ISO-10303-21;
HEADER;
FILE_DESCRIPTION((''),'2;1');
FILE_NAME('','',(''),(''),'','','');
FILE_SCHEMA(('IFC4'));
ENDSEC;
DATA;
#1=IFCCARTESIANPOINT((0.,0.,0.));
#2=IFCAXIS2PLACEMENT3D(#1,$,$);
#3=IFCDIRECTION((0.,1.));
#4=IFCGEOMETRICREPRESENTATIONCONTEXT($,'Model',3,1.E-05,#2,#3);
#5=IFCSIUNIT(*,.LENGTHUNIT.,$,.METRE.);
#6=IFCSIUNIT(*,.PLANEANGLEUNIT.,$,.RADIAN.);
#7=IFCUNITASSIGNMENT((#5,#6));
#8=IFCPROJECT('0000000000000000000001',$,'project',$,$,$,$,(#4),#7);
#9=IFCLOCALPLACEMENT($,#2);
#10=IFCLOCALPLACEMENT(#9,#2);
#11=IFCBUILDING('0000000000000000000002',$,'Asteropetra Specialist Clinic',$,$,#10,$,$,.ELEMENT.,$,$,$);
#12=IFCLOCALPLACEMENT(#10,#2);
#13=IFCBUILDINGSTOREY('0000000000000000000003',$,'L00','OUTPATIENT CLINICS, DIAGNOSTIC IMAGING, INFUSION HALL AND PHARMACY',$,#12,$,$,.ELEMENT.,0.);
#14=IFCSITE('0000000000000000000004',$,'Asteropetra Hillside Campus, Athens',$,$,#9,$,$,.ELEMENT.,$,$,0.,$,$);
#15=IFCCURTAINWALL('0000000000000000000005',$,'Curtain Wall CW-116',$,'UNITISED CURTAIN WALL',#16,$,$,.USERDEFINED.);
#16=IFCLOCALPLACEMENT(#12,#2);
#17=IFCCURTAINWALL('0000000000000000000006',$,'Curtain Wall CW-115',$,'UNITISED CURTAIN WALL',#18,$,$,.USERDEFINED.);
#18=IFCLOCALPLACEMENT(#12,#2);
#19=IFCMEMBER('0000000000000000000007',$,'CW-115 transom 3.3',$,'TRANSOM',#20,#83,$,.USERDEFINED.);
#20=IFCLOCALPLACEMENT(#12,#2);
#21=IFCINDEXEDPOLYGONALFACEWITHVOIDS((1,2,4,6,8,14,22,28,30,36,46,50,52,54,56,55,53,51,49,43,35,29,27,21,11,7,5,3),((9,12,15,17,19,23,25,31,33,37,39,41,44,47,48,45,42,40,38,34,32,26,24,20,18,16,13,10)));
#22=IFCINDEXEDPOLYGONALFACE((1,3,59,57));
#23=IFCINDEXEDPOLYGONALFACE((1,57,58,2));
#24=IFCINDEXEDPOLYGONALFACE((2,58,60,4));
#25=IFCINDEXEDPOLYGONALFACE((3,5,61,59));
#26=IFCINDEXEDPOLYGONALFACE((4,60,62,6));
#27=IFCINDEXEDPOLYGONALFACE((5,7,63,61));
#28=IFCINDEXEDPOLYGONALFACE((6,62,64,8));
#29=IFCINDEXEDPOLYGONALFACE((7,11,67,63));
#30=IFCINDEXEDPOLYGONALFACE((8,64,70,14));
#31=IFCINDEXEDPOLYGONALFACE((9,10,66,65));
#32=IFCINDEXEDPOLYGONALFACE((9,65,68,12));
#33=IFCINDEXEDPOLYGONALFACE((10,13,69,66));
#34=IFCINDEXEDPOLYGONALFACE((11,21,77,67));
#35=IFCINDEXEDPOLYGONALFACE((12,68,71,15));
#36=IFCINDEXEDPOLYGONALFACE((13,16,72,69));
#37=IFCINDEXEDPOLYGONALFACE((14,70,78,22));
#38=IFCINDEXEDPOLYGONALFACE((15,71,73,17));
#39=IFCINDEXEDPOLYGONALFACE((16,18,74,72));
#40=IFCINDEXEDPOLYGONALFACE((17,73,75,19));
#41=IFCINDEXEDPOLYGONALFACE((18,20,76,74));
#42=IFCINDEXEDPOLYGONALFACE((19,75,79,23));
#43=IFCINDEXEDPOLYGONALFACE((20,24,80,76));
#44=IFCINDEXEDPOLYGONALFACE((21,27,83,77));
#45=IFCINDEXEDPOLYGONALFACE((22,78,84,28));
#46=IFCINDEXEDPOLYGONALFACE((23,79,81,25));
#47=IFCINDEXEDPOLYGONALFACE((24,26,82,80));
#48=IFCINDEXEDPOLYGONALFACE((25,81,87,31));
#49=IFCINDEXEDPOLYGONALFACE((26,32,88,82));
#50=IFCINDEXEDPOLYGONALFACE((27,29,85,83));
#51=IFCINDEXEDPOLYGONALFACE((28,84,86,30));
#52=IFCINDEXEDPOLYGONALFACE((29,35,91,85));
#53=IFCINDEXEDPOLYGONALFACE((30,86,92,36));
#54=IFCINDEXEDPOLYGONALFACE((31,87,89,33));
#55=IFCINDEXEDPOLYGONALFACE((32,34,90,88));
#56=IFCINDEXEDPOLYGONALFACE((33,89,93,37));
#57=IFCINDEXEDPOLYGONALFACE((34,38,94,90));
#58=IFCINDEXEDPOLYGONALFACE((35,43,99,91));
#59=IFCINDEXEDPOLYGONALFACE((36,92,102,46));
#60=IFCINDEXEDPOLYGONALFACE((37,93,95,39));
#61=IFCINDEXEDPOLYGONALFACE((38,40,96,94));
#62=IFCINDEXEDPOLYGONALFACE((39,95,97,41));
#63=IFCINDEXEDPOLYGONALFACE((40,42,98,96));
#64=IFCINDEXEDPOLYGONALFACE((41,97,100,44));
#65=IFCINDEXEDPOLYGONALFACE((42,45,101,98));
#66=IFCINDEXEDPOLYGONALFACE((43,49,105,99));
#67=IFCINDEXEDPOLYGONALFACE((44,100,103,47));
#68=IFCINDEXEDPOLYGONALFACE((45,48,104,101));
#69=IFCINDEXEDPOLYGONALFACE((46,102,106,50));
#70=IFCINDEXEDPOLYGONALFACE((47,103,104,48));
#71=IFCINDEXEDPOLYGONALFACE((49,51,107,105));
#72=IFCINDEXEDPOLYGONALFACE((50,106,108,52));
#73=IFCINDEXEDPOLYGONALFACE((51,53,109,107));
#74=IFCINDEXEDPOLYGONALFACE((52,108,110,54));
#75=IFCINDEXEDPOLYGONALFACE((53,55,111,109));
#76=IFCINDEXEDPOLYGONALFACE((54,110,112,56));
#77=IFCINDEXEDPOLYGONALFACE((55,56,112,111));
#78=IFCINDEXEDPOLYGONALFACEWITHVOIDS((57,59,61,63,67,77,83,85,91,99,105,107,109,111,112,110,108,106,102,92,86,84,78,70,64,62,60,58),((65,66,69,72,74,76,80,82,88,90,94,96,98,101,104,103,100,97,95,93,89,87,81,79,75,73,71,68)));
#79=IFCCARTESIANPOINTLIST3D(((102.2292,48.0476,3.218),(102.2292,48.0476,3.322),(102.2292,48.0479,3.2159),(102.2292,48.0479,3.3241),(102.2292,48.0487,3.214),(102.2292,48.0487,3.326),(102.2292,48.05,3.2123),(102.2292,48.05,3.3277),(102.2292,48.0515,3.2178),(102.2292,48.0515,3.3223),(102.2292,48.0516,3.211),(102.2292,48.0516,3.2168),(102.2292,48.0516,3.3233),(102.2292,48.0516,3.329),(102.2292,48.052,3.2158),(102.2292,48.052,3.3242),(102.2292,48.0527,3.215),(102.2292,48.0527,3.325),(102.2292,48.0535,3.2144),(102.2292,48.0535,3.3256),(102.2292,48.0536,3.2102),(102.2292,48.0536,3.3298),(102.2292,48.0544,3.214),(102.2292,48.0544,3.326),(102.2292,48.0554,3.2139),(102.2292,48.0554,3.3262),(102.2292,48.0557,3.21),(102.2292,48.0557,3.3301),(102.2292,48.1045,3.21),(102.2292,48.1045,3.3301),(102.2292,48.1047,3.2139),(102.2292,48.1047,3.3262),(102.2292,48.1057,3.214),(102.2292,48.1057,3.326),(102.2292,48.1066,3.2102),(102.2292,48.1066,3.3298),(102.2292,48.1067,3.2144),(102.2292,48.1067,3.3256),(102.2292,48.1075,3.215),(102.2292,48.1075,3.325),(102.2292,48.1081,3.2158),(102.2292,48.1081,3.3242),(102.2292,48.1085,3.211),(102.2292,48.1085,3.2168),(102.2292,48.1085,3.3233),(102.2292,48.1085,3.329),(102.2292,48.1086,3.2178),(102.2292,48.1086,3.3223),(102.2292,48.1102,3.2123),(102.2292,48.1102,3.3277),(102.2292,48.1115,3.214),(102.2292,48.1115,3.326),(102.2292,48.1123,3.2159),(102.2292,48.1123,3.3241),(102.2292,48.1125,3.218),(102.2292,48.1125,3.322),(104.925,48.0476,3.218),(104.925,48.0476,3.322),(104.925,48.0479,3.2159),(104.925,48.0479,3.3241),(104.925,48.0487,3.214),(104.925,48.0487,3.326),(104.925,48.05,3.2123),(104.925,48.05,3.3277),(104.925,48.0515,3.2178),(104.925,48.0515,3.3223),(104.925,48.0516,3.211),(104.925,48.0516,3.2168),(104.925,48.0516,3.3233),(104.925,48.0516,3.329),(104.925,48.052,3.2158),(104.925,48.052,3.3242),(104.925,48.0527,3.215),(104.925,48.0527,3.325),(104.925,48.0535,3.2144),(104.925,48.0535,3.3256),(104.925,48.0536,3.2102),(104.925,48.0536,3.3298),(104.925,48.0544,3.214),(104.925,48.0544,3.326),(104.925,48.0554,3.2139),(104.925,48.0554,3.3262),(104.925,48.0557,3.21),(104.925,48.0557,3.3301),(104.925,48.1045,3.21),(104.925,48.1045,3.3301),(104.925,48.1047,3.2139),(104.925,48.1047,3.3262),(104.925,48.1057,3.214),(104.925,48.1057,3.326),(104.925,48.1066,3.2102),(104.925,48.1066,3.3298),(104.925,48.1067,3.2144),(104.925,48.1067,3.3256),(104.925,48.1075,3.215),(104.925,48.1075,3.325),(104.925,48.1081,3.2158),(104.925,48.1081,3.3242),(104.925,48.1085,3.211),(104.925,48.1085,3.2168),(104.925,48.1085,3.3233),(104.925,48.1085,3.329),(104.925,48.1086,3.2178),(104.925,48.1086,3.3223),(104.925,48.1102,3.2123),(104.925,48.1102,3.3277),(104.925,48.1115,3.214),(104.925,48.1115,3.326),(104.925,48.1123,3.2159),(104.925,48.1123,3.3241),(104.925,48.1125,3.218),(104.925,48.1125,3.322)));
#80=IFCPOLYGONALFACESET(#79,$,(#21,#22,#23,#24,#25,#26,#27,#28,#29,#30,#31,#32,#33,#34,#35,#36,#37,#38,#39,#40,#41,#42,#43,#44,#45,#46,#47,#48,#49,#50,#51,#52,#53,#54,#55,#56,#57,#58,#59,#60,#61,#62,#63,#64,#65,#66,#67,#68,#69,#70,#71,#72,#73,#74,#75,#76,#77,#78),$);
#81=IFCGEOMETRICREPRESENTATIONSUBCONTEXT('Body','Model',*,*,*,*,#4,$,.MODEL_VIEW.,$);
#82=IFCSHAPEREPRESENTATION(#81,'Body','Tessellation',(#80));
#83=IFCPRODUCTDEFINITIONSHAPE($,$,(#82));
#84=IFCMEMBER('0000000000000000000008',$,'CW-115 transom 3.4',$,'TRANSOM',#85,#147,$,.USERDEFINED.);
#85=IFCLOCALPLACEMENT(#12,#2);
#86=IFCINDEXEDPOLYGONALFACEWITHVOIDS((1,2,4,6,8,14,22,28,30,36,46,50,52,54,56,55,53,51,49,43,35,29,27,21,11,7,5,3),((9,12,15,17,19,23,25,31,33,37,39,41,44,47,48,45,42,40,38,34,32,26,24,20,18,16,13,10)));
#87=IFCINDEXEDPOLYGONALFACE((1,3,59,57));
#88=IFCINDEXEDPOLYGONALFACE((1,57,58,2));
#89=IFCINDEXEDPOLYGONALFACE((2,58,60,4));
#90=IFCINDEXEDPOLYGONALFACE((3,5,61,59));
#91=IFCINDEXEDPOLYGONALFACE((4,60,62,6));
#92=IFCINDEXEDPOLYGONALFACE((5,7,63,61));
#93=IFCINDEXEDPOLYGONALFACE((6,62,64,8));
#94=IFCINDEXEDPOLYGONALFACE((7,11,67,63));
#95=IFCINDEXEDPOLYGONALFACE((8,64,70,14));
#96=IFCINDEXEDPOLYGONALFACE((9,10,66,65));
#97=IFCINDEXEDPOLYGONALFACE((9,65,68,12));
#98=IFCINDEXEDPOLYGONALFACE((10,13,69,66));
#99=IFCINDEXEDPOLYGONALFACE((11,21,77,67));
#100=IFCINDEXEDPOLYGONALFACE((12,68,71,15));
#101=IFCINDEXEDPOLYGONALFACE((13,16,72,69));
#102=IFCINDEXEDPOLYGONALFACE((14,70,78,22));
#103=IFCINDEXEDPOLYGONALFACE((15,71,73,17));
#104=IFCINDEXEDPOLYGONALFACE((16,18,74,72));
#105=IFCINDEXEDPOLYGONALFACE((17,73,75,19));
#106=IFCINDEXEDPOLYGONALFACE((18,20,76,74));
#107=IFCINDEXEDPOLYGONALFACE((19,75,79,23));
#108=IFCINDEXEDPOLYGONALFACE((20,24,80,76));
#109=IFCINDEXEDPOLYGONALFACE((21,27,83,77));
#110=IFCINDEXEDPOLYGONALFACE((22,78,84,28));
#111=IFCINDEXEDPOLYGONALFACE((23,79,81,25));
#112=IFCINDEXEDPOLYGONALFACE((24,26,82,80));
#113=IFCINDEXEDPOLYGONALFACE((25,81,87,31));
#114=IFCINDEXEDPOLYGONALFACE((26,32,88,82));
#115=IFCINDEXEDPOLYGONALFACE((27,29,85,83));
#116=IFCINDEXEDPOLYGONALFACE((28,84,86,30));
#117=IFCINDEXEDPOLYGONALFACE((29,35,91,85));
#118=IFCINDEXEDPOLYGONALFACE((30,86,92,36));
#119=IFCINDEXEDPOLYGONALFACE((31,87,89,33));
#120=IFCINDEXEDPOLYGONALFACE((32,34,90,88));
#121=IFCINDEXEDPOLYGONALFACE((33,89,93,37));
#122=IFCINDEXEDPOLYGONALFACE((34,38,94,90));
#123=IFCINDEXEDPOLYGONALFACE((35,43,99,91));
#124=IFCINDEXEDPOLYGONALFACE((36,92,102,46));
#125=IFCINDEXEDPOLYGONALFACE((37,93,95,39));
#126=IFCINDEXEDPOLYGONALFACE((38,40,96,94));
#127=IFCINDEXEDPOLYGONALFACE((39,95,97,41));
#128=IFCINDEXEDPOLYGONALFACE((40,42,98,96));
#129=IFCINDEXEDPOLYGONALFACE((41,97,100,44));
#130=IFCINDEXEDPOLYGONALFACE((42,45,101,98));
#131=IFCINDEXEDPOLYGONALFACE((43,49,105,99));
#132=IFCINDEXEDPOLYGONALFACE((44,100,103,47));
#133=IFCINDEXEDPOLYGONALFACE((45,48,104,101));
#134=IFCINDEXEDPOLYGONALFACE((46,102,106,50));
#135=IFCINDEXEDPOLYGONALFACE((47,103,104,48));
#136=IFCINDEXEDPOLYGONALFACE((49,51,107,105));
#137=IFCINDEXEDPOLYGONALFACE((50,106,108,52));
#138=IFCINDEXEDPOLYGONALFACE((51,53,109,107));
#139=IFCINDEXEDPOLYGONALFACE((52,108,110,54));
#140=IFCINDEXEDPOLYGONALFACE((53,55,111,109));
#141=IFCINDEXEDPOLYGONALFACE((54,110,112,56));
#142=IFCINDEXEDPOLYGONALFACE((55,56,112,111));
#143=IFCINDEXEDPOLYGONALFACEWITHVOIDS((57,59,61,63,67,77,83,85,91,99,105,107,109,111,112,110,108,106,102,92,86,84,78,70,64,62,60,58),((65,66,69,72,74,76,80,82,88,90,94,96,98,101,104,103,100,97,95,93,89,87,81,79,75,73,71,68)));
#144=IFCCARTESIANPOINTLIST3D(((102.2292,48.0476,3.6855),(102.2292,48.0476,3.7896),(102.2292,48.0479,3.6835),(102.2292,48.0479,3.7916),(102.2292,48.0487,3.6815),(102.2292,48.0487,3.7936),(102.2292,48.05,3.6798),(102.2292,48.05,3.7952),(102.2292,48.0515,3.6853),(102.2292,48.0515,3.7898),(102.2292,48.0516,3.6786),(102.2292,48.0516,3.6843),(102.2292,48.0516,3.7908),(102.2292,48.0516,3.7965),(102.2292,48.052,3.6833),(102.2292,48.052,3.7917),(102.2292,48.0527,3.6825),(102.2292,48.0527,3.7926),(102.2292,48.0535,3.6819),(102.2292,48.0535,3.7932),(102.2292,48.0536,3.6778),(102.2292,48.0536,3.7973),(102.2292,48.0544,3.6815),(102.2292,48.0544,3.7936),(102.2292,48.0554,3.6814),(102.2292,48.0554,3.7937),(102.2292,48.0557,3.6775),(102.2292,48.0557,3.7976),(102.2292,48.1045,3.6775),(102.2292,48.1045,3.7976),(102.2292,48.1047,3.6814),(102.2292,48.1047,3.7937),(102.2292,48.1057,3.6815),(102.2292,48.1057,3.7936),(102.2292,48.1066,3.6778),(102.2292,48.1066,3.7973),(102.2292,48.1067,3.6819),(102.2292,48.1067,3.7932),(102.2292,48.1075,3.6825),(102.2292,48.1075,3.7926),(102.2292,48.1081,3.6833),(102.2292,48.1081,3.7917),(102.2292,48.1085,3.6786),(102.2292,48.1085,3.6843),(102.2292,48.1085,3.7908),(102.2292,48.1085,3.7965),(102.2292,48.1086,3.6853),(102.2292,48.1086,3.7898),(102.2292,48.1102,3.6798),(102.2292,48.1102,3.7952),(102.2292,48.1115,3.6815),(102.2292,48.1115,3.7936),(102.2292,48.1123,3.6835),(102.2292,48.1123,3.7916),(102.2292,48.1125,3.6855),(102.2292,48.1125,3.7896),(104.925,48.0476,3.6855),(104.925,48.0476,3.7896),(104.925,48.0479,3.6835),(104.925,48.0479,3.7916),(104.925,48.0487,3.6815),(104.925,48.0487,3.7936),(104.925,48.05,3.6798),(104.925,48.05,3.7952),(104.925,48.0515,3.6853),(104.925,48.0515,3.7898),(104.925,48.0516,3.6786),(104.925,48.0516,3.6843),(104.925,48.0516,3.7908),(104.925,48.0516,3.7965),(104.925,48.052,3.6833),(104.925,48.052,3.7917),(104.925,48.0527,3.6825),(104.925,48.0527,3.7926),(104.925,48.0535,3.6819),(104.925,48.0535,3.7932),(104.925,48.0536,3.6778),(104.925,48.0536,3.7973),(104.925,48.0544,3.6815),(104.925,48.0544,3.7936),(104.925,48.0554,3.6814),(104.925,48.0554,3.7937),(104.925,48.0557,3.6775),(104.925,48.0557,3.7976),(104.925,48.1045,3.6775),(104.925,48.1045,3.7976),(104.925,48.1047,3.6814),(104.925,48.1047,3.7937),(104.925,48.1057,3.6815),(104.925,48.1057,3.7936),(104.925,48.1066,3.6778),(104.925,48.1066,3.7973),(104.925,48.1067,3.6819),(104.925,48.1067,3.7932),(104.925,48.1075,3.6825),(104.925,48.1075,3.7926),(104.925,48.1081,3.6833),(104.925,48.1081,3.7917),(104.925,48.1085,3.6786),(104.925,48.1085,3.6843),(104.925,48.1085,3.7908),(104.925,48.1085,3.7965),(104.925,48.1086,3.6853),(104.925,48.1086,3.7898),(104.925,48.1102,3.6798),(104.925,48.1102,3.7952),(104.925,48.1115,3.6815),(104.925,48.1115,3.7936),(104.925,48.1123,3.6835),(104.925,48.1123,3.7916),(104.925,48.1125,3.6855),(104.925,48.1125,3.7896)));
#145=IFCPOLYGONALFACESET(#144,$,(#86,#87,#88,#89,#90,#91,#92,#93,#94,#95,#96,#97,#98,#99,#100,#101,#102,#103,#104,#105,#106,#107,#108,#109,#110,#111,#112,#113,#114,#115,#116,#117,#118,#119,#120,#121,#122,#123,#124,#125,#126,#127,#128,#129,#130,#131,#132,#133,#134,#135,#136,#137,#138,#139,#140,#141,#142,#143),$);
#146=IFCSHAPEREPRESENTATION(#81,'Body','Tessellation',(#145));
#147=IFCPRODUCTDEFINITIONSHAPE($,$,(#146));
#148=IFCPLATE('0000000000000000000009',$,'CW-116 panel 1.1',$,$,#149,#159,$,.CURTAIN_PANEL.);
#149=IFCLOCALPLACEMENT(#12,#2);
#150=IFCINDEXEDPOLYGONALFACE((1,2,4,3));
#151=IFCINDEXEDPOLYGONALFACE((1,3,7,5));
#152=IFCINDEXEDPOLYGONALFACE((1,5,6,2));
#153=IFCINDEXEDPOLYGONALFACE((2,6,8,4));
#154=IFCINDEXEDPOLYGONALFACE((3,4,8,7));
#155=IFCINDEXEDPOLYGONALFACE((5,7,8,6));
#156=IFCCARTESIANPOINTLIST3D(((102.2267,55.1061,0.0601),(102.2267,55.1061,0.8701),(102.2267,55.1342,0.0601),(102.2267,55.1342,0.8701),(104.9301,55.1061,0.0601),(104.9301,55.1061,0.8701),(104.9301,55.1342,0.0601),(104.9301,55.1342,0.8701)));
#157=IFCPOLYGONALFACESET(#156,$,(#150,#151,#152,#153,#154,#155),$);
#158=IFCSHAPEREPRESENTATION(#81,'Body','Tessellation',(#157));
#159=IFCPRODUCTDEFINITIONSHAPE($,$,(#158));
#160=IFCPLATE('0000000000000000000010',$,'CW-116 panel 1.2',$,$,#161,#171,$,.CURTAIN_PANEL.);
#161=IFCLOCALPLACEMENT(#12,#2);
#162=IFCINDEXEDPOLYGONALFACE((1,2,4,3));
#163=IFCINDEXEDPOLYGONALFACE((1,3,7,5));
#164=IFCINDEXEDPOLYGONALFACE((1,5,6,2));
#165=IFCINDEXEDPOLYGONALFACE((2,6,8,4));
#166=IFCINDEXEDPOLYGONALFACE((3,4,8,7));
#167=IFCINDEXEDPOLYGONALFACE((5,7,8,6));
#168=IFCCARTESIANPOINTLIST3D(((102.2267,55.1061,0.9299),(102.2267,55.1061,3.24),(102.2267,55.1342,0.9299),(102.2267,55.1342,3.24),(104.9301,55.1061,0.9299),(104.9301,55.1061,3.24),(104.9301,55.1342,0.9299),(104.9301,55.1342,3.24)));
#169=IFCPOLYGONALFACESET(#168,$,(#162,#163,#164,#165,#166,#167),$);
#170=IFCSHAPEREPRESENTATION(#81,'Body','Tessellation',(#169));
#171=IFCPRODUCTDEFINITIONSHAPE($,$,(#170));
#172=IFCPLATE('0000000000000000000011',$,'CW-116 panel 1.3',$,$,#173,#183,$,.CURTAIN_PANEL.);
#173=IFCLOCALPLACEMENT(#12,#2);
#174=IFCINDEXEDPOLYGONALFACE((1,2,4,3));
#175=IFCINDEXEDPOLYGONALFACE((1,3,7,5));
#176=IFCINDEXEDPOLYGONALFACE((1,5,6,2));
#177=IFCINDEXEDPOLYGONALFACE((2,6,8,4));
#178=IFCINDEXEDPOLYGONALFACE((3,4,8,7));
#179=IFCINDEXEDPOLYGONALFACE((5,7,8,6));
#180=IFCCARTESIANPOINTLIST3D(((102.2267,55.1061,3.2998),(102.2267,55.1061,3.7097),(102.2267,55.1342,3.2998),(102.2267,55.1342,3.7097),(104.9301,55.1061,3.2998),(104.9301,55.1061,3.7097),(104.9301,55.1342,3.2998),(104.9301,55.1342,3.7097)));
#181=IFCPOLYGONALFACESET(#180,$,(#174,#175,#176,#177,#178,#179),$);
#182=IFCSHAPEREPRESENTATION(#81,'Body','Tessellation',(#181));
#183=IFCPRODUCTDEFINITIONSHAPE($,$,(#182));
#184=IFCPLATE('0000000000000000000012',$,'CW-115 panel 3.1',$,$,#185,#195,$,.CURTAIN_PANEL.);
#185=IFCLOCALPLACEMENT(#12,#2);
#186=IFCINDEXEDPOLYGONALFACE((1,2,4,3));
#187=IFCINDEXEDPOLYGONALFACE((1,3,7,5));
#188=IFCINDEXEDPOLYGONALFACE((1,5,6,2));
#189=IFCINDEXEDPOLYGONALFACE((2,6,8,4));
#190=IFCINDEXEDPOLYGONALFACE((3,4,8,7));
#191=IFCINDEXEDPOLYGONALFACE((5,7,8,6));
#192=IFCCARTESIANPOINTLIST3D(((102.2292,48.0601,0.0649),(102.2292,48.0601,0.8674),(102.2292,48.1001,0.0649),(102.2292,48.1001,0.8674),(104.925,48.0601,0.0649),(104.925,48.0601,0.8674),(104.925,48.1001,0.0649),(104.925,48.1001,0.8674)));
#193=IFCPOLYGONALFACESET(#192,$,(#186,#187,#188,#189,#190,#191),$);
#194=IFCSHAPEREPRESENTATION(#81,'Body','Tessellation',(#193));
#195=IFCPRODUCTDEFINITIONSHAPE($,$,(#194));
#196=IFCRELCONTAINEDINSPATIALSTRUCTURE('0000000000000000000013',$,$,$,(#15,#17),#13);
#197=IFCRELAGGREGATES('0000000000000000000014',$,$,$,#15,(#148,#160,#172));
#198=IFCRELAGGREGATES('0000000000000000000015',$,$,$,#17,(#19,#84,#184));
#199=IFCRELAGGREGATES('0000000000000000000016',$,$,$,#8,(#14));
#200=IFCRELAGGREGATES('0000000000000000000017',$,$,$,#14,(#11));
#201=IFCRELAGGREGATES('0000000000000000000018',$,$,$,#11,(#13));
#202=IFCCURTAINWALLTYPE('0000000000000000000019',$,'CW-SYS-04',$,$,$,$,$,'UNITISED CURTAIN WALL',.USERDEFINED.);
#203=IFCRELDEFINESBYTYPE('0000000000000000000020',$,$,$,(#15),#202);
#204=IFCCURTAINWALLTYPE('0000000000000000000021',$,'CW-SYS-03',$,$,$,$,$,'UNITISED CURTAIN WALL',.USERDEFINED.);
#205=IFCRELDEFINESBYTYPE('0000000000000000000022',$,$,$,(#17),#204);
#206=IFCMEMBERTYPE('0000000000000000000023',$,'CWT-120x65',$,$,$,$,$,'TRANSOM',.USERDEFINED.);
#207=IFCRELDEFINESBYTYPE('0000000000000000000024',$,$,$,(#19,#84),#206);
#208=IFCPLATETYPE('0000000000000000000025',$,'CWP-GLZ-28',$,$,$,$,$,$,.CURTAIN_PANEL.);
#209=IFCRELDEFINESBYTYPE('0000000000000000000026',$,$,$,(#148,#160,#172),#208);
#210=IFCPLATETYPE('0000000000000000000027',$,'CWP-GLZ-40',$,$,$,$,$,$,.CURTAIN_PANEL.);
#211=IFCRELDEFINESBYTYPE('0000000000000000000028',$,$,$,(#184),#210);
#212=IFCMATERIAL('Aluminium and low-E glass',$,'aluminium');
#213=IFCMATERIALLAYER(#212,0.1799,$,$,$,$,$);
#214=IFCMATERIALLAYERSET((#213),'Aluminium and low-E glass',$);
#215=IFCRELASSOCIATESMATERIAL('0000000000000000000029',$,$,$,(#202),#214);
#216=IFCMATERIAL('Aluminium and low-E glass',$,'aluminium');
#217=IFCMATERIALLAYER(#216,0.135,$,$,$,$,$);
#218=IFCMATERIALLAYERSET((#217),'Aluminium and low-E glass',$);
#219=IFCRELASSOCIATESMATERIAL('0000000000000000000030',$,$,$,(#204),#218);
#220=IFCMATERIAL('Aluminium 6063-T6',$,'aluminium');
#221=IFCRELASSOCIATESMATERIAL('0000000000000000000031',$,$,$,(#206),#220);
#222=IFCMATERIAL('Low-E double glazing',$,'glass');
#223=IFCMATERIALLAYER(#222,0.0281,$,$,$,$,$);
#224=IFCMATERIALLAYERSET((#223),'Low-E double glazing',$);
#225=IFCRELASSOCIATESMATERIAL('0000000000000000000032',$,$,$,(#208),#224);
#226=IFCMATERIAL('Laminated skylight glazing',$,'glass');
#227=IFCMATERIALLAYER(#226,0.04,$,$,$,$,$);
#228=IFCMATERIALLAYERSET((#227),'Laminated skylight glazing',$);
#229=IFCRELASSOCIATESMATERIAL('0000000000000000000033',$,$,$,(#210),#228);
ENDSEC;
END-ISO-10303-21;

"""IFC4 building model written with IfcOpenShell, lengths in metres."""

from ifc_helpers import new_model, si_unit, direction, frame, origin, origin_2d, place, context, subcontext, project, spatial, rectangle, hollow_rectangle, extrude, material, layer, layer_set, material_profile, profile_set, type_object, element, aggregate, save


model = new_model("IFC4")

# Units and contexts
model_context = context("Model", 3, precision=1e-05, world=origin(), true_north=direction((0.0, 1.0)))
body_context = subcontext(model_context, "Body", "Model", "MODEL_VIEW")
ifc_project = project(units=[si_unit("LENGTHUNIT", "METRE"), si_unit("PLANEANGLEUNIT", "RADIAN")], contexts=[model_context])

# Site, building, storey
site_placement = place(None, origin())
site = spatial("IfcSite", under=ifc_project, at=site_placement, Name="Asteropetra Hillside Campus, Athens", CompositionType="ELEMENT", RefElevation=0.0)
building_placement = place(site_placement, origin())
building = spatial("IfcBuilding", under=site, at=building_placement, Name="Asteropetra Specialist Clinic", CompositionType="ELEMENT")
storey_placement = place(building_placement, origin())
storey = spatial("IfcBuildingStorey", under=building, at=storey_placement, Name="L00", Description="OUTPATIENT CLINICS, DIAGNOSTIC IMAGING, INFUSION HALL AND PHARMACY", CompositionType="ELEMENT", Elevation=0.0)

# Curtain walls
ifc_material_1 = material(Name="Aluminium and low-E glass", Category="aluminium")
ifc_layer_1 = layer(ifc_material_1, 0.1799)
ifc_layer_set_1 = layer_set([ifc_layer_1], Name="Aluminium and low-E glass")
curtain_wall_type_1 = type_object("IfcCurtainWallType", Name="CW-SYS-04", ElementType="UNITISED CURTAIN WALL", PredefinedType="USERDEFINED", material=ifc_layer_set_1)
curtain_wall_1_placement = place(storey_placement, origin())
curtain_wall_1 = element("IfcCurtainWall", 1, at=curtain_wall_1_placement, inside=storey, type_object=curtain_wall_type_1, Name="Curtain Wall CW-116", ObjectType="UNITISED CURTAIN WALL", PredefinedType="USERDEFINED")
ifc_material_2 = material(Name="Aluminium and low-E glass", Category="aluminium")
ifc_layer_2 = layer(ifc_material_2, 0.135)
ifc_layer_set_2 = layer_set([ifc_layer_2], Name="Aluminium and low-E glass")
curtain_wall_type_2 = type_object("IfcCurtainWallType", Name="CW-SYS-03", ElementType="UNITISED CURTAIN WALL", PredefinedType="USERDEFINED", material=ifc_layer_set_2)
curtain_wall_2_placement = place(storey_placement, origin())
curtain_wall_2 = element("IfcCurtainWall", 2, at=curtain_wall_2_placement, inside=storey, type_object=curtain_wall_type_2, Name="Curtain Wall CW-115", ObjectType="UNITISED CURTAIN WALL", PredefinedType="USERDEFINED")

# Members
ifc_material_3 = material(Name="Aluminium 6063-T6", Category="aluminium")
ifc_material_profile_1 = material_profile(ifc_material_3, hollow_rectangle(XDim=0.0649, YDim=0.1201, WallThickness=0.0039, InnerFilletRadius=0.0039, OuterFilletRadius=0.0081, at=origin_2d()), Name="TRN 120x65x4.0")
ifc_profile_set_1 = profile_set([ifc_material_profile_1], Name="Aluminium 6063-T6")
member_type_1 = type_object("IfcMemberType", Name="CWT-120x65", ElementType="TRANSOM", PredefinedType="USERDEFINED", material=ifc_profile_set_1)
member_1_placement = place(storey_placement, frame((102.2292, 48.0801, 3.27), z_axis=(1.0, 0.0, 0.0), x_axis=(0.0, 1.0, 0.0)))
member_1 = element("IfcMember", 3, at=member_1_placement, type_object=member_type_1, Name="CW-115 transom 3.3", ObjectType="TRANSOM", PredefinedType="USERDEFINED", context=body_context, shape_type="SweptSolid", body=[
    extrude(hollow_rectangle(XDim=0.0649, YDim=0.1201, WallThickness=0.0039, InnerFilletRadius=0.0039, OuterFilletRadius=0.0081, at=origin_2d()), origin(), (0.0, 0.0, 1.0), 2.6958),
])
member_2_placement = place(storey_placement, frame((102.2292, 48.0801, 3.7375), z_axis=(1.0, 0.0, 0.0), x_axis=(0.0, 1.0, 0.0)))
member_2 = element("IfcMember", 4, at=member_2_placement, type_object=member_type_1, Name="CW-115 transom 3.4", ObjectType="TRANSOM", PredefinedType="USERDEFINED", context=body_context, shape_type="SweptSolid", body=[
    extrude(hollow_rectangle(XDim=0.0649, YDim=0.1201, WallThickness=0.0039, InnerFilletRadius=0.0039, OuterFilletRadius=0.0081, at=origin_2d()), origin(), (0.0, 0.0, 1.0), 2.6958),
])

# Plates
ifc_material_4 = material(Name="Low-E double glazing", Category="glass")
ifc_layer_3 = layer(ifc_material_4, 0.0281)
ifc_layer_set_3 = layer_set([ifc_layer_3], Name="Low-E double glazing")
plate_type_1 = type_object("IfcPlateType", Name="CWP-GLZ-28", PredefinedType="CURTAIN_PANEL", material=ifc_layer_set_3)
plate_1_placement = place(storey_placement, frame((103.5784, 55.1201, 0.0601), z_axis=(0.0, 0.0, 1.0), x_axis=(-1.0, 0.0, 0.0)))
plate_1 = element("IfcPlate", 5, at=plate_1_placement, type_object=plate_type_1, Name="CW-116 panel 1.1", PredefinedType="CURTAIN_PANEL", context=body_context, shape_type="SweptSolid", body=[
    extrude(rectangle(XDim=2.7034, YDim=0.0281, at=origin_2d()), origin(), (0.0, 0.0, 1.0), 0.8101),
])
plate_2_placement = place(storey_placement, frame((103.5784, 55.1201, 0.9299), z_axis=(0.0, 0.0, 1.0), x_axis=(-1.0, 0.0, 0.0)))
plate_2 = element("IfcPlate", 6, at=plate_2_placement, type_object=plate_type_1, Name="CW-116 panel 1.2", PredefinedType="CURTAIN_PANEL", context=body_context, shape_type="SweptSolid", body=[
    extrude(rectangle(XDim=2.7034, YDim=0.0281, at=origin_2d()), origin(), (0.0, 0.0, 1.0), 2.3101),
])
plate_3_placement = place(storey_placement, frame((103.5784, 55.1201, 3.2998), z_axis=(0.0, 0.0, 1.0), x_axis=(-1.0, 0.0, 0.0)))
plate_3 = element("IfcPlate", 7, at=plate_3_placement, type_object=plate_type_1, Name="CW-116 panel 1.3", PredefinedType="CURTAIN_PANEL", context=body_context, shape_type="SweptSolid", body=[
    extrude(rectangle(XDim=2.7034, YDim=0.0281, at=origin_2d()), origin(), (0.0, 0.0, 1.0), 0.4099),
])
aggregate(curtain_wall_1, [plate_1, plate_2, plate_3])
ifc_material_5 = material(Name="Laminated skylight glazing", Category="glass")
ifc_layer_4 = layer(ifc_material_5, 0.04)
ifc_layer_set_4 = layer_set([ifc_layer_4], Name="Laminated skylight glazing")
plate_type_2 = type_object("IfcPlateType", Name="CWP-GLZ-40", PredefinedType="CURTAIN_PANEL", material=ifc_layer_set_4)
plate_4_placement = place(storey_placement, frame((103.5771, 48.0801, 0.0649), z_axis=(0.0, 0.0, 1.0), x_axis=(1.0, 0.0, 0.0)))
plate_4 = element("IfcPlate", 8, at=plate_4_placement, type_object=plate_type_2, Name="CW-115 panel 3.1", PredefinedType="CURTAIN_PANEL", context=body_context, shape_type="SweptSolid", body=[
    extrude(rectangle(XDim=2.6958, YDim=0.04, at=origin_2d()), origin(), (0.0, 0.0, 1.0), 0.8025),
])
aggregate(curtain_wall_2, [member_1, member_2, plate_4])

save(model, "model.ifc")
